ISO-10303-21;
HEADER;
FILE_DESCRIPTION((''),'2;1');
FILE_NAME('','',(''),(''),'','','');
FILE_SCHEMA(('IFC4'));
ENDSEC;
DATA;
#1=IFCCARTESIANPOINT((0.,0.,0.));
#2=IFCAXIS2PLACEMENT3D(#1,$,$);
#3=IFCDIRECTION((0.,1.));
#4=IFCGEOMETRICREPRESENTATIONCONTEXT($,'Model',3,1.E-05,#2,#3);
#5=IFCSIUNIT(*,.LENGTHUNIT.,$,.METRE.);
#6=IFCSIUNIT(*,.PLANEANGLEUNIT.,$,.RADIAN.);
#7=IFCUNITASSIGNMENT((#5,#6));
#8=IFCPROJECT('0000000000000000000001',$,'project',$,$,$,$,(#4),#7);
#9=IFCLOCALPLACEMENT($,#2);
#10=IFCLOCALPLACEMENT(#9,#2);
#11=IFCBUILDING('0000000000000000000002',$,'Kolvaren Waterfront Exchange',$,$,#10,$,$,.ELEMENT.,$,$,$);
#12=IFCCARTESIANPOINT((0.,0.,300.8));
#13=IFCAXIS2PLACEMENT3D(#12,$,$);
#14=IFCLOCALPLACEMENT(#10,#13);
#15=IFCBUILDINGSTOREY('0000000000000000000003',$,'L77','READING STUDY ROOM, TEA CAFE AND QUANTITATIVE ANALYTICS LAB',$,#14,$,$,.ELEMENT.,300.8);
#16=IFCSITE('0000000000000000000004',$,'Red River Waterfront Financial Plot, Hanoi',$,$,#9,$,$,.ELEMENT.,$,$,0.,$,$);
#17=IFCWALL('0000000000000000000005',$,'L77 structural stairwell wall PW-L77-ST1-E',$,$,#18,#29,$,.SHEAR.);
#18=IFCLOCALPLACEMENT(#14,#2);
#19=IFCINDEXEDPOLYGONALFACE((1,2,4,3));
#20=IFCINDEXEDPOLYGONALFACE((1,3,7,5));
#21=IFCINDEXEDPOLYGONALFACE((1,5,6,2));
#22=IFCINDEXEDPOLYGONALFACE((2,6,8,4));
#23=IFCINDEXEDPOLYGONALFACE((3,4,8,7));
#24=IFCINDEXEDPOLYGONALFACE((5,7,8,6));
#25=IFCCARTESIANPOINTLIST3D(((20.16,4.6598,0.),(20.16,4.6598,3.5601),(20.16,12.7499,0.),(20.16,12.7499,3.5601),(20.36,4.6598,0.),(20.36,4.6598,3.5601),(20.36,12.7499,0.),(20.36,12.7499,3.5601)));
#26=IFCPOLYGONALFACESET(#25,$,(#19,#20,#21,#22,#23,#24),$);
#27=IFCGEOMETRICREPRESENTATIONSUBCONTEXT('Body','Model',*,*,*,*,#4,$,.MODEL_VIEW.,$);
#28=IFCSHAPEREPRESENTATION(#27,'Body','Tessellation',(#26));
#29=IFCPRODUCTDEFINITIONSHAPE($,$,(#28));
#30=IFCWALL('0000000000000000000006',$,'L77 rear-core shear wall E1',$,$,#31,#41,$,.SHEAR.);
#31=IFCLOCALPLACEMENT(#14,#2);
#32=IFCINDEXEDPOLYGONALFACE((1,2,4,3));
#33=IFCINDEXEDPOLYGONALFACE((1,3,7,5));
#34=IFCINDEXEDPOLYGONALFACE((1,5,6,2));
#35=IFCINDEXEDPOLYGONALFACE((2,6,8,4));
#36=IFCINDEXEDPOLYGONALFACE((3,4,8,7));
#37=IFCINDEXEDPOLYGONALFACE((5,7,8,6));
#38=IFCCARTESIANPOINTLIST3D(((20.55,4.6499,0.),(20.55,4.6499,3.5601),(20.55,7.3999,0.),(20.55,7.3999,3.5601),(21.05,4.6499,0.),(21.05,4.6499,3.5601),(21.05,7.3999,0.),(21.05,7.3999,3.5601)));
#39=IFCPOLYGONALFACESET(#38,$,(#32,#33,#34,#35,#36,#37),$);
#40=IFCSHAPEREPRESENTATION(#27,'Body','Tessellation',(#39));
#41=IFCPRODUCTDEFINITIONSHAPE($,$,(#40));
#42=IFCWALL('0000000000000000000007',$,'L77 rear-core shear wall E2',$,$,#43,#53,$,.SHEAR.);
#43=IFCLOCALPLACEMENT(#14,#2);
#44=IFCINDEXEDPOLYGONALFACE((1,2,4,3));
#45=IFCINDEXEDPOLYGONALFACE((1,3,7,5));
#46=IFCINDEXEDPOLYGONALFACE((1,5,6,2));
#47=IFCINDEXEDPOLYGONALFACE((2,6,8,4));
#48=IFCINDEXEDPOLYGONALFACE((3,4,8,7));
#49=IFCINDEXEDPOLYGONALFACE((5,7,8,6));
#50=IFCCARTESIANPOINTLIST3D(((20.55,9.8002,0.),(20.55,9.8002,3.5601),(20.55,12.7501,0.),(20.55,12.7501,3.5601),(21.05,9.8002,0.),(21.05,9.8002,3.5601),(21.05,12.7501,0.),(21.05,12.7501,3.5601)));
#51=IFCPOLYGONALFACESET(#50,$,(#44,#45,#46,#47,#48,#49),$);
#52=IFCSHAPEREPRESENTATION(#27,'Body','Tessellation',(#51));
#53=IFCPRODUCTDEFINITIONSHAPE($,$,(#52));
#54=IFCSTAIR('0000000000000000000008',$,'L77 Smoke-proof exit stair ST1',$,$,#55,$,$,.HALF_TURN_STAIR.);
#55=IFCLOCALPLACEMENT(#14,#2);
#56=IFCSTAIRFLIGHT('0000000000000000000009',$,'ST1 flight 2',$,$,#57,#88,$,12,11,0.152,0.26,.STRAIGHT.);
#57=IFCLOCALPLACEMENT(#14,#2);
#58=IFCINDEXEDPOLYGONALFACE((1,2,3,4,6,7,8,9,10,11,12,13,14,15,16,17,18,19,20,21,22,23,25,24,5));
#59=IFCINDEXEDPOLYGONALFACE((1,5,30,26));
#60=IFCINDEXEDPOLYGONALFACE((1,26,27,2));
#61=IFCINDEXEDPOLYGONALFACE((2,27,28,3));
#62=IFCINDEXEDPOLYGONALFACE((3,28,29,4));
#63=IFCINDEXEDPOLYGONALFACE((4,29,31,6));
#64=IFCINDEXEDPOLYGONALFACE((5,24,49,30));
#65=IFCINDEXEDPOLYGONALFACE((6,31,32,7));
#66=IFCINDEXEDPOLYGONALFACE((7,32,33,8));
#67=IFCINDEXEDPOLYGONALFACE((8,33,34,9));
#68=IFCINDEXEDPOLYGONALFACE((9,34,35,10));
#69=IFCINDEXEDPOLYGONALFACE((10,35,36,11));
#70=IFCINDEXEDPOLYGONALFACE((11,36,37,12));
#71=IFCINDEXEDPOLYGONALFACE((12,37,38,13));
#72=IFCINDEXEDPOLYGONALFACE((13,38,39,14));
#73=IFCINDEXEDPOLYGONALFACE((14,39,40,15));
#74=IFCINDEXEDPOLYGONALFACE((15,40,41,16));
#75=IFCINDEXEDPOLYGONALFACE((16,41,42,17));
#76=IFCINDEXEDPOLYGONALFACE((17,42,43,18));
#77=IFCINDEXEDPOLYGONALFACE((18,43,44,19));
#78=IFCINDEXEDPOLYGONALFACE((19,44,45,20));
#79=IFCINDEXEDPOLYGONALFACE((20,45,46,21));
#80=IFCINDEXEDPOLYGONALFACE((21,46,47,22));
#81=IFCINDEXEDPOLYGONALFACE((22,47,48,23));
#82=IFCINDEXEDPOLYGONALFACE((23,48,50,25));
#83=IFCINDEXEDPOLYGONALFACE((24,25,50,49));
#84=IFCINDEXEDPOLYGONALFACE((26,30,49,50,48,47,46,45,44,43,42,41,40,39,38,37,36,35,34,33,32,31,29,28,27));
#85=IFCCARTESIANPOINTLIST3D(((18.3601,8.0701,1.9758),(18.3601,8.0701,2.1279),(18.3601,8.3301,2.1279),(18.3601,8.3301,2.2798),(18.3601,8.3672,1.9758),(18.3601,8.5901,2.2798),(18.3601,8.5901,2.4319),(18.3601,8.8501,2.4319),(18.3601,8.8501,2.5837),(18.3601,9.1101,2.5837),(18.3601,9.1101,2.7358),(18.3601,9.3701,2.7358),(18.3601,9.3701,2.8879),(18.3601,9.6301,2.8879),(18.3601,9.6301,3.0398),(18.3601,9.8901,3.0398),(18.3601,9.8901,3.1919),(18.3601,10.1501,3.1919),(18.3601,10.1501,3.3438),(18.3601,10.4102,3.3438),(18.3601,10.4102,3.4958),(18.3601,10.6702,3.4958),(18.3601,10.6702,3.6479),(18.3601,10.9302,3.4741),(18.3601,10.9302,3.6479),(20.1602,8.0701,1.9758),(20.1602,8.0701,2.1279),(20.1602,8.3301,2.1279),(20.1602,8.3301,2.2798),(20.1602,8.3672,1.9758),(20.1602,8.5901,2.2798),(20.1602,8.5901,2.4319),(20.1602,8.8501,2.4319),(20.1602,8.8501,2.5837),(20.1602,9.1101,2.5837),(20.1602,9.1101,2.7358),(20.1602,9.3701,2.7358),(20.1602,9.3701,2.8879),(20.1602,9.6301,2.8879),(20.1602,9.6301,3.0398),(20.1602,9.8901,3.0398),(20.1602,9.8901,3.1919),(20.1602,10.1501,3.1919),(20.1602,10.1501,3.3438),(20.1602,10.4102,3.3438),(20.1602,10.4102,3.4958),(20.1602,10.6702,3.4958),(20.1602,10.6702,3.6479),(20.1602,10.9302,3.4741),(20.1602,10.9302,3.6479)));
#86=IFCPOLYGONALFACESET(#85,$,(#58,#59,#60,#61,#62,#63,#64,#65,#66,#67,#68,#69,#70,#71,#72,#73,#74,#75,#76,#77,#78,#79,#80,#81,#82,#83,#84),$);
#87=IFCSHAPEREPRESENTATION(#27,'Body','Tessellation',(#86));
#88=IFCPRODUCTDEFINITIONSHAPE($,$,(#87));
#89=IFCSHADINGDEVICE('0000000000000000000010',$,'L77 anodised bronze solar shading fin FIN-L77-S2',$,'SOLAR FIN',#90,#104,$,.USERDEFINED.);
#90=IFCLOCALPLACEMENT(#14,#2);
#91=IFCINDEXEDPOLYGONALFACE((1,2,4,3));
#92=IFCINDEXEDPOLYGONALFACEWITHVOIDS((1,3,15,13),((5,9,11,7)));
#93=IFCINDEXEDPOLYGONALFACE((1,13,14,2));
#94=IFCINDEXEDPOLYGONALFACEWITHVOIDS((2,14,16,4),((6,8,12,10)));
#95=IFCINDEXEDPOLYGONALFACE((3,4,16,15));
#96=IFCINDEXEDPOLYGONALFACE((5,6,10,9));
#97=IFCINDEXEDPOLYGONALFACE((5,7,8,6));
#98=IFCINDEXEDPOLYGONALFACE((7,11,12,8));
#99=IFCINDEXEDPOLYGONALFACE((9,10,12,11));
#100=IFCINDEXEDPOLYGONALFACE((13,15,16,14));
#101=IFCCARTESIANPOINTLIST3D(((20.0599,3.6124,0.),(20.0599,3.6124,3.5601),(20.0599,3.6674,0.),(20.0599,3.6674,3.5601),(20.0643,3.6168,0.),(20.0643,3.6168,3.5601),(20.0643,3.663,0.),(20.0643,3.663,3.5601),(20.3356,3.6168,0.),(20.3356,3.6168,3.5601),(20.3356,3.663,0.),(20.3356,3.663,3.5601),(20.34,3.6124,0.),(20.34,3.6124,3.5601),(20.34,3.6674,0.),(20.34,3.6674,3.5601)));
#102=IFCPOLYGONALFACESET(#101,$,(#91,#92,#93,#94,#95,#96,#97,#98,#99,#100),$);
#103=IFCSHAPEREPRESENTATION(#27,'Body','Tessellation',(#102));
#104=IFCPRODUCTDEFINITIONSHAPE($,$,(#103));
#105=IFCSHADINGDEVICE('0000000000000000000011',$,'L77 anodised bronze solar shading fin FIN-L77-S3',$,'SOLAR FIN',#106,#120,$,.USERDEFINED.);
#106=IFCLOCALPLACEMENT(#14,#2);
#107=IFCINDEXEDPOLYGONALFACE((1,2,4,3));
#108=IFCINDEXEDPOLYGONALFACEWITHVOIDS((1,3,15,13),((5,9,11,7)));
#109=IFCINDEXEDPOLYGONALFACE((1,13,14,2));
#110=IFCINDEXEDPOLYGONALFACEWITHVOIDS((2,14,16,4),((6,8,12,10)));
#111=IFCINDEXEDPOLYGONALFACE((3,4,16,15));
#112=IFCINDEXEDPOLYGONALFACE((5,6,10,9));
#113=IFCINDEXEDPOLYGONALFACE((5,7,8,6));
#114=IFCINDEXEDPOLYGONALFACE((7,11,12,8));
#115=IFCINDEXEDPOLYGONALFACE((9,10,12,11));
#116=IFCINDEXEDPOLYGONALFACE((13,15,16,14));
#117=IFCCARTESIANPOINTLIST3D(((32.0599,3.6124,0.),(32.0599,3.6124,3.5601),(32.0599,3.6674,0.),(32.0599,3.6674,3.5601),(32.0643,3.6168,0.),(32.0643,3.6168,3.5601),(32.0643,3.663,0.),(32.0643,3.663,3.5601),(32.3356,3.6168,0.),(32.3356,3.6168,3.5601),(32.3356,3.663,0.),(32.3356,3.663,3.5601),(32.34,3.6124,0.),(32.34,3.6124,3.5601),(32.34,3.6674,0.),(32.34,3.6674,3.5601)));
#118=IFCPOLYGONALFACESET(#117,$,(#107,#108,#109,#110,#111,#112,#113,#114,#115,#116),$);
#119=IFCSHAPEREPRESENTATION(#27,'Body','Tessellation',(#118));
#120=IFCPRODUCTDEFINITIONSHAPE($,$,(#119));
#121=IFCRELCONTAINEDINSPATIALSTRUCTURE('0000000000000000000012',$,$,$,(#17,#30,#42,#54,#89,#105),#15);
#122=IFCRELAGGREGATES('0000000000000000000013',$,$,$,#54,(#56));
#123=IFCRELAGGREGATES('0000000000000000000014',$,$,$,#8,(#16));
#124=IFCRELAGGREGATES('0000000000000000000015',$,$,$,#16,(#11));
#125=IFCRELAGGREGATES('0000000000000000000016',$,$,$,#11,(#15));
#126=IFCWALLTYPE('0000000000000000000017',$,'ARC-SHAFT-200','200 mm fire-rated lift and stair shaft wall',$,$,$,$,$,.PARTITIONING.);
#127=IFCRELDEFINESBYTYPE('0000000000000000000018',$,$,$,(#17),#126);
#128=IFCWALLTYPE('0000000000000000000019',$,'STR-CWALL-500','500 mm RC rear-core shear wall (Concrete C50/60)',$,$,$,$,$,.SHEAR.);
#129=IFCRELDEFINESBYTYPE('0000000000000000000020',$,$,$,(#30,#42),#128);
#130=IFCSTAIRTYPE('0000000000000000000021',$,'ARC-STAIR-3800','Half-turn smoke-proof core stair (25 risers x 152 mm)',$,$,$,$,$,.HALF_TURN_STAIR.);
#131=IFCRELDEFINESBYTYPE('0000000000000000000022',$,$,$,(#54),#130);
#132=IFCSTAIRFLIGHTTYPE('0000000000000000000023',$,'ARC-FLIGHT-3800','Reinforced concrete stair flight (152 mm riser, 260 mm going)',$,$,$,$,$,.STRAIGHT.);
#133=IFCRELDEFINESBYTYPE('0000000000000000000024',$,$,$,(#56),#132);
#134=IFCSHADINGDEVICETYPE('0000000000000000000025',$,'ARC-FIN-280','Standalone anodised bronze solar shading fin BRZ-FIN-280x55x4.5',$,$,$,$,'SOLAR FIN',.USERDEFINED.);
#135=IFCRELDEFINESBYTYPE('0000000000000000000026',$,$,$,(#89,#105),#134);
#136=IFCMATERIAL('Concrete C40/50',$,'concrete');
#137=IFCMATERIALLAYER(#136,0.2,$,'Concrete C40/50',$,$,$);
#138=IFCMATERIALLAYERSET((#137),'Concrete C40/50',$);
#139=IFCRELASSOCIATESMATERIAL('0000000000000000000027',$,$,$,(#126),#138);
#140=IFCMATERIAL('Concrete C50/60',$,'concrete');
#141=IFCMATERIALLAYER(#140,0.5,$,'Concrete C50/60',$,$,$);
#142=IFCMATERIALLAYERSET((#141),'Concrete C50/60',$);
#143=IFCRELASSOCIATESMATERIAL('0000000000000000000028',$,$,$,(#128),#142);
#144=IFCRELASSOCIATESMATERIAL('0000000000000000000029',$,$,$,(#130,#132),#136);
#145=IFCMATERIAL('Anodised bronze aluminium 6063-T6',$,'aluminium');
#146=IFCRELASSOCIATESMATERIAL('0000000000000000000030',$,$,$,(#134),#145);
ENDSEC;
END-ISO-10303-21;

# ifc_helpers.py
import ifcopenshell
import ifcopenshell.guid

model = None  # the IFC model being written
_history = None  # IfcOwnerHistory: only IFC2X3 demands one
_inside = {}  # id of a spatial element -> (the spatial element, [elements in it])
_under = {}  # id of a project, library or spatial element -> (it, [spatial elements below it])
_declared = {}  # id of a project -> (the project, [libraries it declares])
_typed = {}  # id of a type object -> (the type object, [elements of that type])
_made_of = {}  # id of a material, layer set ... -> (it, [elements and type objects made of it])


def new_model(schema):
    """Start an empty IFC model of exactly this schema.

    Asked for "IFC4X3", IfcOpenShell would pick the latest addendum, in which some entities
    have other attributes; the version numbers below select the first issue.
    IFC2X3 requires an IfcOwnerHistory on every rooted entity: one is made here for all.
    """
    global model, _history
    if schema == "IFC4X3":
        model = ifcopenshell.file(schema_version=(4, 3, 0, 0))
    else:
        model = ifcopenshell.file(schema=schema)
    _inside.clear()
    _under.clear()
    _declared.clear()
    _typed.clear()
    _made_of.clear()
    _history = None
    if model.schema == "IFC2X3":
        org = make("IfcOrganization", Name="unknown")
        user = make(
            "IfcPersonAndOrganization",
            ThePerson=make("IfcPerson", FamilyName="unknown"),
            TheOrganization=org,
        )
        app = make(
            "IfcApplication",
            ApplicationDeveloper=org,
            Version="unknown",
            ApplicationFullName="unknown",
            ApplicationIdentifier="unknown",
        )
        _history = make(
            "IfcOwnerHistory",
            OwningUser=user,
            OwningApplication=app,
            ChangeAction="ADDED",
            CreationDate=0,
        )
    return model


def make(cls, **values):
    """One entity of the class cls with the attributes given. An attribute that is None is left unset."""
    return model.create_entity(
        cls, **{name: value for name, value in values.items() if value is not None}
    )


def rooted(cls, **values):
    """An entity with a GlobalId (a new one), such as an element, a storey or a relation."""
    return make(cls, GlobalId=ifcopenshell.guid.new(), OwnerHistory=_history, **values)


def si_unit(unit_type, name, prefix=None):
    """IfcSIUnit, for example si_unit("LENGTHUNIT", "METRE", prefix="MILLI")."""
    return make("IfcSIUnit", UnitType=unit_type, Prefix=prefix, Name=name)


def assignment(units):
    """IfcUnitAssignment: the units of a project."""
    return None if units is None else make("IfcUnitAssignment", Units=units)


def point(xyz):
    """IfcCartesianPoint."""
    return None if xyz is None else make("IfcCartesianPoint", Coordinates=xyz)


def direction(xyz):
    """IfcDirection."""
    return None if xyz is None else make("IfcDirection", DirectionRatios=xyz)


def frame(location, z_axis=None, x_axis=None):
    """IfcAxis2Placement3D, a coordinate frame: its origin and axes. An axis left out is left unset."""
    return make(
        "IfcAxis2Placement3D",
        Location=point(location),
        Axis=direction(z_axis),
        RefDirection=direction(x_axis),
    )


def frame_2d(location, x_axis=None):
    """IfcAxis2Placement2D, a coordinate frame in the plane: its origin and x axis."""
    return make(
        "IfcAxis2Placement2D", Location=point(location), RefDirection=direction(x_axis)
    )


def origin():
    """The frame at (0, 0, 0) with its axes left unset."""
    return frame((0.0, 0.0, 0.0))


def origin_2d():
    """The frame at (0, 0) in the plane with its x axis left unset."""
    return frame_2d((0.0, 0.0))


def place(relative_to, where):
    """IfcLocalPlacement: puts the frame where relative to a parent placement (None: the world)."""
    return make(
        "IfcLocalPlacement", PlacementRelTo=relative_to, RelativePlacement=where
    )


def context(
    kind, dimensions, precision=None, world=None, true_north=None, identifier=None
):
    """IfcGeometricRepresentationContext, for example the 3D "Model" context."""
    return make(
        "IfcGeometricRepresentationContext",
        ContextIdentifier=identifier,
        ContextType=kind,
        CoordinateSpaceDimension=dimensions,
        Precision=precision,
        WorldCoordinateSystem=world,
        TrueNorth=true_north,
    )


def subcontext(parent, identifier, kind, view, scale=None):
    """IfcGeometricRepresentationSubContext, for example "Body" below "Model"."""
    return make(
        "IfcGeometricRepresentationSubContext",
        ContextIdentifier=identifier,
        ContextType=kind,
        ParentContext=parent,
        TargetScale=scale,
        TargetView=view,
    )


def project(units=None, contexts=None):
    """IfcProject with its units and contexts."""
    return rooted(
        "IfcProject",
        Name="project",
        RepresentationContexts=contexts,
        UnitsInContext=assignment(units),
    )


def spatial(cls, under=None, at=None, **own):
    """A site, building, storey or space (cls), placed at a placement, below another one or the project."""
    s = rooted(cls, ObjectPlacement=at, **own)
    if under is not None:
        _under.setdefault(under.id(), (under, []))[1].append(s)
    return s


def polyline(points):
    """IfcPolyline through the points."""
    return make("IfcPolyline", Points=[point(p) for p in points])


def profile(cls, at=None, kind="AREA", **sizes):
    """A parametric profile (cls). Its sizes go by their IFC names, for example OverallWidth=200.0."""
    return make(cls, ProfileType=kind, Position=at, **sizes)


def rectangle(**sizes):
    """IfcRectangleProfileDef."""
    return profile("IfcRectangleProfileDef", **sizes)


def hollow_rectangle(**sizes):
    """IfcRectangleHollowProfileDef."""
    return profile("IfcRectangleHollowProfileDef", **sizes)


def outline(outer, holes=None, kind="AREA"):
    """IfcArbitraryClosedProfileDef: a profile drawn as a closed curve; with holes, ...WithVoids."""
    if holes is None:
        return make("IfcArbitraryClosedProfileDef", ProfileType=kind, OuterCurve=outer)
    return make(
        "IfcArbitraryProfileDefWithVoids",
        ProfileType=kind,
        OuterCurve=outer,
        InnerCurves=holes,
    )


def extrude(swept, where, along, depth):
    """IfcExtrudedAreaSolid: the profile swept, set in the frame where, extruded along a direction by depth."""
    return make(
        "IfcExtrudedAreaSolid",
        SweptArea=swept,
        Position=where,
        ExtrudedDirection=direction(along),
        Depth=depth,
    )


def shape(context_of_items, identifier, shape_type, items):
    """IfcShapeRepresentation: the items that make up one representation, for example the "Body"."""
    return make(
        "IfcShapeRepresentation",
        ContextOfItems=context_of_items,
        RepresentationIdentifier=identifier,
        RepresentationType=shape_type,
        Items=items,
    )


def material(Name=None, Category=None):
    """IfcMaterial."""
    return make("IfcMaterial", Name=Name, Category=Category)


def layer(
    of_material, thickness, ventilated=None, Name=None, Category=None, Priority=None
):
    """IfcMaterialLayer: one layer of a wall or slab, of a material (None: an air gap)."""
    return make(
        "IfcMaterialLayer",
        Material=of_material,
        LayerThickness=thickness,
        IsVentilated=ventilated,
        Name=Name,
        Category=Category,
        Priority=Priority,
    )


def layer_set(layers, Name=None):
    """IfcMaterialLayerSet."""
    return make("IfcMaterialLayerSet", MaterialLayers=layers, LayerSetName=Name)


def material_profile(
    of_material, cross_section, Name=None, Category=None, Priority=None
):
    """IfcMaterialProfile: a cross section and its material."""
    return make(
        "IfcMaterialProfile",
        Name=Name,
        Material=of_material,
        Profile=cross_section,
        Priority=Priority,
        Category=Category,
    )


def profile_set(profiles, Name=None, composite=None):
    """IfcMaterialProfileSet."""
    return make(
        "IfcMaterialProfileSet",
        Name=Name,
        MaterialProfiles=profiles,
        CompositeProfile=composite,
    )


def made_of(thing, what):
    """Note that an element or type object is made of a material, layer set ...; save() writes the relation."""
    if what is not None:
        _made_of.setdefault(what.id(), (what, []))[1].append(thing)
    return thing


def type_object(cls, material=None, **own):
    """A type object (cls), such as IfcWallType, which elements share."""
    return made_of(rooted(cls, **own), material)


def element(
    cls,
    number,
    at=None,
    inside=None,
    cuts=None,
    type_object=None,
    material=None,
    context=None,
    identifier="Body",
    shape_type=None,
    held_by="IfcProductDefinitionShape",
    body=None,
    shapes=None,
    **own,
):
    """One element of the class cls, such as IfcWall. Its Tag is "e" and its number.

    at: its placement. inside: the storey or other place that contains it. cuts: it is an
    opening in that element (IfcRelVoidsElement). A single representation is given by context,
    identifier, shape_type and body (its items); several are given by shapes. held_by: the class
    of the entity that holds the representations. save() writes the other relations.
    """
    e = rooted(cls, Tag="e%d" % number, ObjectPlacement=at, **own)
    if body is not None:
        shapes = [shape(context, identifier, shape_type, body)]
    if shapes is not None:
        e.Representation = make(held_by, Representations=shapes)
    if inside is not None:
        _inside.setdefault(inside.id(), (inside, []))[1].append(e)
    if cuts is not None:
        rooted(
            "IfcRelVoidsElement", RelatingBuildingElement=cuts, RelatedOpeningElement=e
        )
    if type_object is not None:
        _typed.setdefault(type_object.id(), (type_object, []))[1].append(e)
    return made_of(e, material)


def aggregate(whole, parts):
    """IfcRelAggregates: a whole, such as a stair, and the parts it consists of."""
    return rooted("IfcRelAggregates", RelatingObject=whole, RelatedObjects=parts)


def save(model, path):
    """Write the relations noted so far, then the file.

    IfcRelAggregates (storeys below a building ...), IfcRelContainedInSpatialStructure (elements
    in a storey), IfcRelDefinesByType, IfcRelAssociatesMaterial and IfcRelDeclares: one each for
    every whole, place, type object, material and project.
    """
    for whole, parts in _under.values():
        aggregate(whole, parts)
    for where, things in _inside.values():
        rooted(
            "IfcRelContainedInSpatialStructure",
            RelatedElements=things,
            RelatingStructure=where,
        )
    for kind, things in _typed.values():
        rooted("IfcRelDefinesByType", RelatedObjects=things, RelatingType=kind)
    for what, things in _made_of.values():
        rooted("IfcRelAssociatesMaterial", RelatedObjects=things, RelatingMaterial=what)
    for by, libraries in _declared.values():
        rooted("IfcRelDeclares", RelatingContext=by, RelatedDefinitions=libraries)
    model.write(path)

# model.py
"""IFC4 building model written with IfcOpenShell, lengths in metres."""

from ifc_helpers import new_model, si_unit, direction, frame, frame_2d, origin, origin_2d, place, context, subcontext, project, spatial, polyline, rectangle, hollow_rectangle, outline, extrude, material, layer, layer_set, material_profile, profile_set, type_object, element, aggregate, save


model = new_model("IFC4")

# Units and contexts
model_context = context("Model", 3, precision=1e-05, world=origin(), true_north=direction((0.0, 1.0)))
body_context = subcontext(model_context, "Body", "Model", "MODEL_VIEW")
ifc_project = project(units=[si_unit("LENGTHUNIT", "METRE"), si_unit("PLANEANGLEUNIT", "RADIAN")], contexts=[model_context])

# Site, building, storey
site_placement = place(None, origin())
site = spatial("IfcSite", under=ifc_project, at=site_placement, Name="Red River Waterfront Financial Plot, Hanoi", CompositionType="ELEMENT", RefElevation=0.0)
building_placement = place(site_placement, origin())
building = spatial("IfcBuilding", under=site, at=building_placement, Name="Kolvaren Waterfront Exchange", CompositionType="ELEMENT")
storey_placement = place(building_placement, frame((0.0, 0.0, 300.8)))
storey = spatial("IfcBuildingStorey", under=building, at=storey_placement, Name="L77", Description="READING STUDY ROOM, TEA CAFE AND QUANTITATIVE ANALYTICS LAB", CompositionType="ELEMENT", Elevation=300.8)

# Shared definitions
ifc_material_1 = material(Name="Concrete C50/60", Category="concrete")

# Shared definitions
ifc_material_2 = material(Name="Anodised bronze aluminium 6063-T6", Category="aluminium")

# Walls
ifc_material_3 = material(Name="Concrete C40/50", Category="concrete")
ifc_layer_1 = layer(ifc_material_3, 0.2, Name="Concrete C40/50")
ifc_layer_set_1 = layer_set([ifc_layer_1], Name="Concrete C40/50")
wall_type_1 = type_object("IfcWallType", Name="ARC-SHAFT-200", Description="200 mm fire-rated lift and stair shaft wall", PredefinedType="PARTITIONING", material=ifc_layer_set_1)
wall_1_placement = place(storey_placement, frame((20.26, 4.6599, 0.0), z_axis=(0.0, 0.0, 1.0), x_axis=(0.0, 1.0, 0.0)))
element("IfcWall", 1, at=wall_1_placement, inside=storey, type_object=wall_type_1, Name="L77 structural stairwell wall PW-L77-ST1-E", PredefinedType="SHEAR", context=body_context, shape_type="SweptSolid", body=[
    extrude(rectangle(XDim=8.0901, YDim=0.2, at=frame_2d((4.0449, 0.0))), origin(), (0.0, 0.0, 1.0), 3.5601),
])
ifc_layer_2 = layer(ifc_material_1, 0.5, Name="Concrete C50/60")
ifc_layer_set_2 = layer_set([ifc_layer_2], Name="Concrete C50/60")
wall_type_2 = type_object("IfcWallType", Name="STR-CWALL-500", Description="500 mm RC rear-core shear wall (Concrete C50/60)", PredefinedType="SHEAR", material=ifc_layer_set_2)
wall_2_placement = place(storey_placement, frame((20.8, 4.6499, 0.0), z_axis=(0.0, 0.0, 1.0), x_axis=(0.0, 1.0, 0.0)))
element("IfcWall", 2, at=wall_2_placement, inside=storey, type_object=wall_type_2, Name="L77 rear-core shear wall E1", PredefinedType="SHEAR", context=body_context, shape_type="SweptSolid", body=[
    extrude(rectangle(XDim=2.75, YDim=0.5, at=frame_2d((1.375, 0.0))), origin(), (0.0, 0.0, 1.0), 3.5601),
])
wall_3_placement = place(storey_placement, frame((20.8, 9.8, 0.0), z_axis=(0.0, 0.0, 1.0), x_axis=(0.0, 1.0, 0.0)))
element("IfcWall", 3, at=wall_3_placement, inside=storey, type_object=wall_type_2, Name="L77 rear-core shear wall E2", PredefinedType="SHEAR", context=body_context, shape_type="SweptSolid", body=[
    extrude(rectangle(XDim=2.95, YDim=0.5, at=frame_2d((1.4751, 0.0))), origin(), (0.0, 0.0, 1.0), 3.5601),
])

# Stair, stair flight
stair_type = type_object("IfcStairType", Name="ARC-STAIR-3800", Description="Half-turn smoke-proof core stair (25 risers x 152 mm)", PredefinedType="HALF_TURN_STAIR", material=ifc_material_3)
stair_placement = place(storey_placement, origin())
stair = element("IfcStair", 4, at=stair_placement, inside=storey, type_object=stair_type, Name="L77 Smoke-proof exit stair ST1", PredefinedType="HALF_TURN_STAIR")
stair_flight_type = type_object("IfcStairFlightType", Name="ARC-FLIGHT-3800", Description="Reinforced concrete stair flight (152 mm riser, 260 mm going)", PredefinedType="STRAIGHT", material=ifc_material_3)
stair_flight_placement = place(storey_placement, frame((19.26, 8.0701, 1.9758), z_axis=(0.0, 0.0, 1.0), x_axis=(0.0, 1.0, 0.0)))
stair_flight = element("IfcStairFlight", 5, at=stair_flight_placement, type_object=stair_flight_type, Name="ST1 flight 2", NumberOfRisers=12, NumberOfTreads=11, PredefinedType="STRAIGHT", RiserHeight=0.152, TreadLength=0.26, context=body_context, shape_type="SweptSolid", body=[
    extrude(outline(polyline([(0.0, 0.0), (0.0, 0.1521), (0.26, 0.1521), (0.26, 0.304), (0.52, 0.304), (0.52, 0.4561), (0.78, 0.4561), (0.78, 0.6079), (1.04, 0.6079), (1.04, 0.76), (1.3, 0.76), (1.3, 0.9121), (1.5601, 0.9121), (1.5601, 1.064), (1.8201, 1.064), (1.8201, 1.2161), (2.0801, 1.2161), (2.0801, 1.3679), (2.3401, 1.3679), (2.3401, 1.52), (2.6001, 1.52), (2.6001, 1.6721), (2.8601, 1.6721), (2.8601, 1.824), (2.8601, 1.4983), (0.2971, 0.0), (0.0, 0.0)])), frame((0.0, 0.8999, 0.0), z_axis=(0.0, -1.0, 0.0), x_axis=(1.0, 0.0, 0.0)), (0.0, 0.0, 1.0), 1.8),
])
aggregate(stair, [stair_flight])

# Shading devices
ifc_material_profile_1 = material_profile(ifc_material_2, hollow_rectangle(XDim=0.0549, YDim=0.28, WallThickness=0.0044, at=origin_2d()), Name="BRZ-FIN-280x55x4.5")
ifc_profile_set_1 = profile_set([ifc_material_profile_1], Name="Anodised bronze aluminium 6063-T6")
shading_device_type = type_object("IfcShadingDeviceType", Name="ARC-FIN-280", Description="Standalone anodised bronze solar shading fin BRZ-FIN-280x55x4.5", ElementType="SOLAR FIN", PredefinedType="USERDEFINED", material=ifc_profile_set_1)
for number, where, z_axis, x_axis, name in (
    (6, (20.2, 3.6399, 0.0), (0.0, 0.0, 1.0), (0.0, -1.0, 0.0), "L77 anodised bronze solar shading fin FIN-L77-S2"),
    (7, (32.2, 3.6399, 0.0), (0.0, 0.0, 1.0), (0.0, -1.0, 0.0), "L77 anodised bronze solar shading fin FIN-L77-S3"),
):
    element("IfcShadingDevice", number, at=place(storey_placement, frame(where, z_axis=z_axis, x_axis=x_axis)), inside=storey, type_object=shading_device_type, Name=name, ObjectType="SOLAR FIN", PredefinedType="USERDEFINED", context=body_context, shape_type="SweptSolid", body=[
        extrude(hollow_rectangle(XDim=0.0549, YDim=0.28, WallThickness=0.0044, at=origin_2d()), origin(), (0.0, 0.0, 1.0), 3.5601),
    ])

save(model, "model.ifc")
